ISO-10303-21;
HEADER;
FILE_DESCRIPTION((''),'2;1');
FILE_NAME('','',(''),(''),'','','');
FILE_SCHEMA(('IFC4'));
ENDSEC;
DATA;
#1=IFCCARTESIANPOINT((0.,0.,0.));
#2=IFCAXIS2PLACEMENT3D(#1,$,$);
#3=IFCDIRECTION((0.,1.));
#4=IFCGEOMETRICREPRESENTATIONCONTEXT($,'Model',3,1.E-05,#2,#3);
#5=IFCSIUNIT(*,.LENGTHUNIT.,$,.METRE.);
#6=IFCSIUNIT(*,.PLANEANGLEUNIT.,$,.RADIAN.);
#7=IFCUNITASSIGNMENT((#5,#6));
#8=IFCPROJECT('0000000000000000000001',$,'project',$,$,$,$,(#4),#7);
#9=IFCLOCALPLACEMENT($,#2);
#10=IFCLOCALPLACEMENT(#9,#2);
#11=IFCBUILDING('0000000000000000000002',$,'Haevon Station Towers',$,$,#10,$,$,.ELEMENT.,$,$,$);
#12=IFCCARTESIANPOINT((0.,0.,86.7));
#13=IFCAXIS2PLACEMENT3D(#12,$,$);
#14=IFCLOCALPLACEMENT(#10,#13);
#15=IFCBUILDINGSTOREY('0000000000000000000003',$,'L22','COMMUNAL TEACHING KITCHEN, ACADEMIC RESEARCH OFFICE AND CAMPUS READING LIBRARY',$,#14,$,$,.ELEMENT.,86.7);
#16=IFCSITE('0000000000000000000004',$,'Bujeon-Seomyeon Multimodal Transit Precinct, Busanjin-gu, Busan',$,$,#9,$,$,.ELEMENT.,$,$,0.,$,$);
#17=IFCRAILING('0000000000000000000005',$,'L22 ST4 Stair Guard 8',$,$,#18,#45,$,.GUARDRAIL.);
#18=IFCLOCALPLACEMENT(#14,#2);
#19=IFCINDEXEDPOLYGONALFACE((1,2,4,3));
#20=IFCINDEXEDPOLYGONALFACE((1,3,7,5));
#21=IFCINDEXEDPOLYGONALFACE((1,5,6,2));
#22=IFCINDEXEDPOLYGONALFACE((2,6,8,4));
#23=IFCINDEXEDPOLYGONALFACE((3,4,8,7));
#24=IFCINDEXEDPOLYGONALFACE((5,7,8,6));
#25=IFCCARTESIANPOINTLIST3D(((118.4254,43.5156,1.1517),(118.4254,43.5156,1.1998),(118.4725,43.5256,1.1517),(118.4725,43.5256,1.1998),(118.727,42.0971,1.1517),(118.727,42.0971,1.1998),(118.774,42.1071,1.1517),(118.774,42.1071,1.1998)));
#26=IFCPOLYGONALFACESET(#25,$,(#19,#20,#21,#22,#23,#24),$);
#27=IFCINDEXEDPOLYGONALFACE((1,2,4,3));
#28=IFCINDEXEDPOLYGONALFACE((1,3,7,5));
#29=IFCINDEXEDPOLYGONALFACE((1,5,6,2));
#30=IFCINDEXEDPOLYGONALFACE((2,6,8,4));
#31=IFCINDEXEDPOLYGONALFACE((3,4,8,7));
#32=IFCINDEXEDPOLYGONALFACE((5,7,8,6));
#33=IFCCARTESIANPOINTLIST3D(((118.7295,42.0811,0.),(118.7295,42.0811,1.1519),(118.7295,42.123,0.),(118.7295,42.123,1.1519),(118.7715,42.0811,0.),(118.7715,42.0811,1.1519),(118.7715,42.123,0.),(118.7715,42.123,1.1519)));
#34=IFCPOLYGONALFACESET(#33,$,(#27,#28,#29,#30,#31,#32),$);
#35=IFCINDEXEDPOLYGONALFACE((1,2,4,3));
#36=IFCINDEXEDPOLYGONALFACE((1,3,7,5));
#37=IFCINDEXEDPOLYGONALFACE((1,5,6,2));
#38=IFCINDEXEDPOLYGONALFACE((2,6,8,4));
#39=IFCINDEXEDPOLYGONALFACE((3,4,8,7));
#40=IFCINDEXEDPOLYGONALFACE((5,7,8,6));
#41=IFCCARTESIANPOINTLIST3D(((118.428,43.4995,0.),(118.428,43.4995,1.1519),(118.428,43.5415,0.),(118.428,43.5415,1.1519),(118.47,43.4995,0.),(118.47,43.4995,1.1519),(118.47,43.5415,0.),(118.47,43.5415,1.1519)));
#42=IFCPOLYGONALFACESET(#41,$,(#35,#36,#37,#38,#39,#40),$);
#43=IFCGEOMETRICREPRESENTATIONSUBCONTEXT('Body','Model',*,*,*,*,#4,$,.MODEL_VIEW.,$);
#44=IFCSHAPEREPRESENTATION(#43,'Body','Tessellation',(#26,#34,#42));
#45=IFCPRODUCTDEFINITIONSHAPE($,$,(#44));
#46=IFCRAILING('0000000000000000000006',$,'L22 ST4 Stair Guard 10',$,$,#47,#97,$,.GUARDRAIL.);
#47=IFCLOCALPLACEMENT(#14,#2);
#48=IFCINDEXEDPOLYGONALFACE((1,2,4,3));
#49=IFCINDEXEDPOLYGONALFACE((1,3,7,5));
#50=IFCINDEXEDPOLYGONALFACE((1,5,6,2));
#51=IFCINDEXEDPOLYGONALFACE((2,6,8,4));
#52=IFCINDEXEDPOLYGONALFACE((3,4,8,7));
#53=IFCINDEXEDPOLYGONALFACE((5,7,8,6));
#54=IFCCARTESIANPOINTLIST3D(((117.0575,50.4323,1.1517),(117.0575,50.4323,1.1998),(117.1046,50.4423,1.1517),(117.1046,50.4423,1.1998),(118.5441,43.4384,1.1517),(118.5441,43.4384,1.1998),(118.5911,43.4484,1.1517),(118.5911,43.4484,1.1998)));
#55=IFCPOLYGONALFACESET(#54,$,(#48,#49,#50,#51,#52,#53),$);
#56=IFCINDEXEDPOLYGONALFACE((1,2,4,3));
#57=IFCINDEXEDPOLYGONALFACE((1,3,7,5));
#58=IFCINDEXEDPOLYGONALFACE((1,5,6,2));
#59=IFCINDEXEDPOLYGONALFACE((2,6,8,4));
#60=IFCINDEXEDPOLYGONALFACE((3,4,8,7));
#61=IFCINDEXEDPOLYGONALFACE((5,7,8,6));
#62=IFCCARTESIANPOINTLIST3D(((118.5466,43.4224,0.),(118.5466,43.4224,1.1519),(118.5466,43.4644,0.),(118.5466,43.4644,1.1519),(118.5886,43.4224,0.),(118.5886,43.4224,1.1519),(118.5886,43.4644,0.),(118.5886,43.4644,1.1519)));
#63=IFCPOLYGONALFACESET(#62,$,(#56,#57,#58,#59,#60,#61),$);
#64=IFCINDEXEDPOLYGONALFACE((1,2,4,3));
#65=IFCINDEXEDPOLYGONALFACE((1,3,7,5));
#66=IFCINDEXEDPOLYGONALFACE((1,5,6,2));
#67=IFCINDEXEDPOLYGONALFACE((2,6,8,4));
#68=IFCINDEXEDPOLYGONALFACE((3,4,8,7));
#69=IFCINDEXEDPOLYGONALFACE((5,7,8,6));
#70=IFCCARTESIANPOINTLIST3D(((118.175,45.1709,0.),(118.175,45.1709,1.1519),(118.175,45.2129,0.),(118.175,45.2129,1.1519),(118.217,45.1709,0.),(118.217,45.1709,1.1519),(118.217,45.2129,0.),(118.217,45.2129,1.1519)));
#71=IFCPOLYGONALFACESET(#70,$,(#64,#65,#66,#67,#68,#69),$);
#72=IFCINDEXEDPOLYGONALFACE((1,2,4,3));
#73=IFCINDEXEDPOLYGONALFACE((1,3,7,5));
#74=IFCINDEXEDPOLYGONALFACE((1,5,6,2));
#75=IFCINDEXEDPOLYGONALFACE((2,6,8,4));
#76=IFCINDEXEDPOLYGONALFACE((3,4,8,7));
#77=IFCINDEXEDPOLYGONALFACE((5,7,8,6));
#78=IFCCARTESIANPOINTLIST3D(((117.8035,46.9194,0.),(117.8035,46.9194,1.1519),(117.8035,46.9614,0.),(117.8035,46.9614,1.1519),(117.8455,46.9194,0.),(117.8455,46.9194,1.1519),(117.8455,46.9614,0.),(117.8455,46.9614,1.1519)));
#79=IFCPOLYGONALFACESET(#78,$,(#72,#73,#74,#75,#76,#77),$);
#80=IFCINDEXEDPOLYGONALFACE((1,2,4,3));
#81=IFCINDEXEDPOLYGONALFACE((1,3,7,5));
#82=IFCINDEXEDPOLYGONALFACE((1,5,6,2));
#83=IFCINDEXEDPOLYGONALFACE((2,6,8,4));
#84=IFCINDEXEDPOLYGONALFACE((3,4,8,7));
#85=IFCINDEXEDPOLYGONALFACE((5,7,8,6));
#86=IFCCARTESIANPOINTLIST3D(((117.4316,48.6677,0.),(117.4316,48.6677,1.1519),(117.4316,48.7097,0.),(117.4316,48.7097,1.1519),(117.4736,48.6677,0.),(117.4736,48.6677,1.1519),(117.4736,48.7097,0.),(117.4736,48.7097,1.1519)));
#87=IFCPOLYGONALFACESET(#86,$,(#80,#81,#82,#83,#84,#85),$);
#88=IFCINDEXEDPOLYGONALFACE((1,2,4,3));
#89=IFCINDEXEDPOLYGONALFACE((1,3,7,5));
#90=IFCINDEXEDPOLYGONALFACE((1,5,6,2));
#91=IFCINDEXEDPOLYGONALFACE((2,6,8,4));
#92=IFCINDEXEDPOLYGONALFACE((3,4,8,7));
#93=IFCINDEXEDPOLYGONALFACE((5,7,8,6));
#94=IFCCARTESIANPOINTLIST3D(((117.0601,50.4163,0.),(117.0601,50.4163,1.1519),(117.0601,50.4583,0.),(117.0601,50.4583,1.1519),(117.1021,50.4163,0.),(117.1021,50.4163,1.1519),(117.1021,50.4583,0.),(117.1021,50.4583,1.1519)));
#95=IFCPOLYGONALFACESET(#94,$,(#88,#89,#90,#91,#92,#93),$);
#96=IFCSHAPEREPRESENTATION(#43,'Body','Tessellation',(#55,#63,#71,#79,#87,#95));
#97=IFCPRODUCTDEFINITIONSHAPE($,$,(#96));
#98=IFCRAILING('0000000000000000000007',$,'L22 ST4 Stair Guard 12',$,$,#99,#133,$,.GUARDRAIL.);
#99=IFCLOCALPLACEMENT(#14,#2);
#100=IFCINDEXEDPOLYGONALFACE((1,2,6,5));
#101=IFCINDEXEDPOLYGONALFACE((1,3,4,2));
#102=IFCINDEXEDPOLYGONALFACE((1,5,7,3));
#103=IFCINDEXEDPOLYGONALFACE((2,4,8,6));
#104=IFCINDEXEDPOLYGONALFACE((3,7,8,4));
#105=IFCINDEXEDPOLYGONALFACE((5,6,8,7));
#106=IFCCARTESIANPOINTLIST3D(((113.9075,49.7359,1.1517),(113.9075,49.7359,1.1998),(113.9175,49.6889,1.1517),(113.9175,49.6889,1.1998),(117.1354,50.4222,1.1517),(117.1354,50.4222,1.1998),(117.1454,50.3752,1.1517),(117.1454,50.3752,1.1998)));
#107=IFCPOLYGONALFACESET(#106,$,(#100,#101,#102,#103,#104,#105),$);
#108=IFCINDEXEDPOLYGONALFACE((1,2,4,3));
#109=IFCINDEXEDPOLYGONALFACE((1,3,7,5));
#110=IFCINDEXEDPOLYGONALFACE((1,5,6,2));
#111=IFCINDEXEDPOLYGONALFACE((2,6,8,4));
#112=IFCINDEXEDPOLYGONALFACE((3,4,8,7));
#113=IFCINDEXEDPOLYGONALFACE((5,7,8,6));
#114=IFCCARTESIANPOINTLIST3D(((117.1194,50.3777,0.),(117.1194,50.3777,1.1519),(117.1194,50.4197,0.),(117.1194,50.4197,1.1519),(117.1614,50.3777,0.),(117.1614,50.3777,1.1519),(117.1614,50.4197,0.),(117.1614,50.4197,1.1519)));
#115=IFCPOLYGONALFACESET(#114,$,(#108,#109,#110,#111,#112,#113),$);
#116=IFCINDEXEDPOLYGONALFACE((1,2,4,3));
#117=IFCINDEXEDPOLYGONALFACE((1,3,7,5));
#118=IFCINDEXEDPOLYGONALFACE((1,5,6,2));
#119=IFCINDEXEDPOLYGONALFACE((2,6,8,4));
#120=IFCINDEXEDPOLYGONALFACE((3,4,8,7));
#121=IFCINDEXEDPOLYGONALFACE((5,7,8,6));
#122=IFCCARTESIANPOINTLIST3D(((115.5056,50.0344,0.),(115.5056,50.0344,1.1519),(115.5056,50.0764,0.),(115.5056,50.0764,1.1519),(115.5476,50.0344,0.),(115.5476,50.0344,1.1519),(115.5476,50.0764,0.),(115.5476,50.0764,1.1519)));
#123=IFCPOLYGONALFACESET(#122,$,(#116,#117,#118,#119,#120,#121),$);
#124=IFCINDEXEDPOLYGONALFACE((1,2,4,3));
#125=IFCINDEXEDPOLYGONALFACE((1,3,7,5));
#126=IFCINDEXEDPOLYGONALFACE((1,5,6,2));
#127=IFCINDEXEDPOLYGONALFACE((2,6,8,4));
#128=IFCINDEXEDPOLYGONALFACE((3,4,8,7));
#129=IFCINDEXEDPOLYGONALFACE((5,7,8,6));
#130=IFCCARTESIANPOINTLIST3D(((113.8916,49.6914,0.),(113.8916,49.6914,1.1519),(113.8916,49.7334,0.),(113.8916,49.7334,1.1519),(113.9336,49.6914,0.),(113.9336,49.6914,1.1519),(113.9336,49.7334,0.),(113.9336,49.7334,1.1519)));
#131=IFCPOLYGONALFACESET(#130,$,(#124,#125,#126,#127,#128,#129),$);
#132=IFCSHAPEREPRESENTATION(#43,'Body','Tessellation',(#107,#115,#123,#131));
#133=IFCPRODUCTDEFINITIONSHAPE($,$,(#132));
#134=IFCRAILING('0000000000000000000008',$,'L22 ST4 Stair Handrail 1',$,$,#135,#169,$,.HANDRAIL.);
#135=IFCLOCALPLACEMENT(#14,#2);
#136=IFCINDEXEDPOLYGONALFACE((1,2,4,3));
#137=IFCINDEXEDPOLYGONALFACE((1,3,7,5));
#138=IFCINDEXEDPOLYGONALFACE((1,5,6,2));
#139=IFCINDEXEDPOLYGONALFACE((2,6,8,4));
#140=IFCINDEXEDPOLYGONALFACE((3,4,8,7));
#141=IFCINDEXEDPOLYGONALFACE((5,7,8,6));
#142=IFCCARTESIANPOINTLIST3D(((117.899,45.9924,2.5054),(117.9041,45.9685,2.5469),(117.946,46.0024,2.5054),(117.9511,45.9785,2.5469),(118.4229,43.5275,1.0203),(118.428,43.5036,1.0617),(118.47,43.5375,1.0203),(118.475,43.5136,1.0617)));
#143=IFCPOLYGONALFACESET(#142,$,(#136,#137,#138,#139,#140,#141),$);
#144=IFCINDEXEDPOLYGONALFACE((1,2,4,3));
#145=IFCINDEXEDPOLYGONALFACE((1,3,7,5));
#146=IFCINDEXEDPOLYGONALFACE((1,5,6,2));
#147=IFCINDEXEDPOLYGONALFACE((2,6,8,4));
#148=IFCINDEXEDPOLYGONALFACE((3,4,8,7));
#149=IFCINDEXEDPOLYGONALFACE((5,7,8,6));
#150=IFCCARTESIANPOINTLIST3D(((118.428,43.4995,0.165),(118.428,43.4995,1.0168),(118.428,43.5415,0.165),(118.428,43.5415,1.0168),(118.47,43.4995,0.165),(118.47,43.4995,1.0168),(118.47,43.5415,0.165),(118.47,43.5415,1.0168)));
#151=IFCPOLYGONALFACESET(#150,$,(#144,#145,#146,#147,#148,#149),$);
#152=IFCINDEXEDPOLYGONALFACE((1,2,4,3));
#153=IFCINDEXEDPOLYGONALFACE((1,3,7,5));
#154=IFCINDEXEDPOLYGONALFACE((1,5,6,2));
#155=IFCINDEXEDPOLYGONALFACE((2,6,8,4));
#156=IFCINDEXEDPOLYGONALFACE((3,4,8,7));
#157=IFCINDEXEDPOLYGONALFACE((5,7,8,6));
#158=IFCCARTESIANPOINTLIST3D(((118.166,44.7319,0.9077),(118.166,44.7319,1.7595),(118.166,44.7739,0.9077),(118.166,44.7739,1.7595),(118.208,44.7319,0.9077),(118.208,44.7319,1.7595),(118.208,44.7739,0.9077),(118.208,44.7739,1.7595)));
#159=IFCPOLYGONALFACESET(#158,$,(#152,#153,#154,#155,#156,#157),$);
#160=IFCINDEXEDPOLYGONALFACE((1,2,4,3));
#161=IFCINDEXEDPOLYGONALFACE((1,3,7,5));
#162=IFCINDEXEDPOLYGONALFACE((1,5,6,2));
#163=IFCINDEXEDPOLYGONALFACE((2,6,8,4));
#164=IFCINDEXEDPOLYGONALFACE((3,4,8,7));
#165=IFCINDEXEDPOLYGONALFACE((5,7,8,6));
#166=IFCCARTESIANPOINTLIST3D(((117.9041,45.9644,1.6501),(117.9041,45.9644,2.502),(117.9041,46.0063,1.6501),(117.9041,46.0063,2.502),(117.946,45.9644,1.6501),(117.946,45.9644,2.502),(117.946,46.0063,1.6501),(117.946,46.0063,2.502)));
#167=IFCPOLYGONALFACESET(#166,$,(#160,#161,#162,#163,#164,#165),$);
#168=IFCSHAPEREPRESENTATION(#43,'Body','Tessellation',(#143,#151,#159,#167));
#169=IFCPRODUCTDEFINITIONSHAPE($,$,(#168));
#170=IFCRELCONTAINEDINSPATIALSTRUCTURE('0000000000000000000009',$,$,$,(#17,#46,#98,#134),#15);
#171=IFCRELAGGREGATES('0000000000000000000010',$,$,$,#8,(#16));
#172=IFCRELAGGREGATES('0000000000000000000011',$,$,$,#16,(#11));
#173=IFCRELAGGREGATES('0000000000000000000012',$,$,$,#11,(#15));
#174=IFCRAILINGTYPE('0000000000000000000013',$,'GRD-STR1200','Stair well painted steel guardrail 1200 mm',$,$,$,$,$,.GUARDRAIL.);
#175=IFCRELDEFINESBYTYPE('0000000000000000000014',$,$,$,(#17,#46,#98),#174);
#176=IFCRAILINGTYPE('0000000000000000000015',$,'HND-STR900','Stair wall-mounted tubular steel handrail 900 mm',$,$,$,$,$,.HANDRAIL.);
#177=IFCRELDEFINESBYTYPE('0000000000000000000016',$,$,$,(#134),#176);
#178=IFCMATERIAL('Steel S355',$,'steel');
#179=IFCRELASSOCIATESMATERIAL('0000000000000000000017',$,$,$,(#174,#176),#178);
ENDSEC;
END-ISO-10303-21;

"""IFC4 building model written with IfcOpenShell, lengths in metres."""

from ifc_helpers import new_model, si_unit, direction, frame, origin, origin_2d, place, context, subcontext, project, spatial, rectangle, extrude, material, type_object, element, save


model = new_model("IFC4")

# Units and contexts
model_context = context("Model", 3, precision=1e-05, world=origin(), true_north=direction((0.0, 1.0)))
body_context = subcontext(model_context, "Body", "Model", "MODEL_VIEW")
ifc_project = project(units=[si_unit("LENGTHUNIT", "METRE"), si_unit("PLANEANGLEUNIT", "RADIAN")], contexts=[model_context])

# Site, building, storey
site_placement = place(None, origin())
site = spatial("IfcSite", under=ifc_project, at=site_placement, Name="Bujeon-Seomyeon Multimodal Transit Precinct, Busanjin-gu, Busan", CompositionType="ELEMENT", RefElevation=0.0)
building_placement = place(site_placement, origin())
building = spatial("IfcBuilding", under=site, at=building_placement, Name="Haevon Station Towers", CompositionType="ELEMENT")
storey_placement = place(building_placement, frame((0.0, 0.0, 86.7)))
storey = spatial("IfcBuildingStorey", under=building, at=storey_placement, Name="L22", Description="COMMUNAL TEACHING KITCHEN, ACADEMIC RESEARCH OFFICE AND CAMPUS READING LIBRARY", CompositionType="ELEMENT", Elevation=86.7)

# Shared definitions
ifc_material_1 = material(Name="Steel S355", Category="steel")

# Railings
railing_type_1 = type_object("IfcRailingType", Name="GRD-STR1200", Description="Stair well painted steel guardrail 1200 mm", PredefinedType="GUARDRAIL", material=ifc_material_1)
railing_1_placement = place(storey_placement, frame((118.7505, 42.1021, 0.0)))
element("IfcRailing", 1, at=railing_1_placement, inside=storey, type_object=railing_type_1, Name="L22 ST4 Stair Guard 8", PredefinedType="GUARDRAIL", context=body_context, shape_type="SweptSolid", body=[
    extrude(rectangle(XDim=0.0481, YDim=0.0481, at=origin_2d()), frame((0.0, 0.0, 1.1758), z_axis=(-0.207919, 0.978146, 0.0), x_axis=(-0.978146, -0.207919, 0.0)), (0.0, 0.0, 1.0), 1.4502),
    extrude(rectangle(XDim=0.042, YDim=0.042, at=origin_2d()), origin(), (0.0, 0.0, 1.0), 1.1519),
    extrude(rectangle(XDim=0.042, YDim=0.042, at=origin_2d()), frame((-0.3015, 1.4185, 0.0)), (0.0, 0.0, 1.0), 1.1519),
])
railing_2_placement = place(storey_placement, frame((118.5676, 43.4434, 0.0)))
element("IfcRailing", 2, at=railing_2_placement, inside=storey, type_object=railing_type_1, Name="L22 ST4 Stair Guard 10", PredefinedType="GUARDRAIL", context=body_context, shape_type="SweptSolid", body=[
    extrude(rectangle(XDim=0.0481, YDim=0.0481, at=origin_2d()), frame((0.0, 0.0, 1.1758), z_axis=(-0.207908, 0.978148, 0.0), x_axis=(-0.978148, -0.207908, 0.0)), (0.0, 0.0, 1.0), 7.1501),
    extrude(rectangle(XDim=0.042, YDim=0.042, at=origin_2d()), origin(), (0.0, 0.0, 1.0), 1.1519),
    extrude(rectangle(XDim=0.042, YDim=0.042, at=origin_2d()), frame((-0.3716, 1.7485, 0.0)), (0.0, 0.0, 1.0), 1.1519),
    extrude(rectangle(XDim=0.042, YDim=0.042, at=origin_2d()), frame((-0.7432, 3.4971, 0.0)), (0.0, 0.0, 1.0), 1.1519),
    extrude(rectangle(XDim=0.042, YDim=0.042, at=origin_2d()), frame((-1.115, 5.2454, 0.0)), (0.0, 0.0, 1.0), 1.1519),
    extrude(rectangle(XDim=0.042, YDim=0.042, at=origin_2d()), frame((-1.4866, 6.9939, 0.0)), (0.0, 0.0, 1.0), 1.1519),
])
railing_3_placement = place(storey_placement, frame((117.1404, 50.3987, 0.0)))
element("IfcRailing", 3, at=railing_3_placement, inside=storey, type_object=railing_type_1, Name="L22 ST4 Stair Guard 12", PredefinedType="GUARDRAIL", context=body_context, shape_type="SweptSolid", body=[
    extrude(rectangle(XDim=0.0481, YDim=0.0481, at=origin_2d()), frame((0.0, 0.0, 1.1758), z_axis=(-0.978136, -0.207968, 0.0), x_axis=(0.207968, -0.978136, 0.0)), (0.0, 0.0, 1.0), 3.3),
    extrude(rectangle(XDim=0.042, YDim=0.042, at=origin_2d()), origin(), (0.0, 0.0, 1.0), 1.1519),
    extrude(rectangle(XDim=0.042, YDim=0.042, at=origin_2d()), frame((-1.6138, -0.3433, 0.0)), (0.0, 0.0, 1.0), 1.1519),
    extrude(rectangle(XDim=0.042, YDim=0.042, at=origin_2d()), frame((-3.2278, -0.6863, 0.0)), (0.0, 0.0, 1.0), 1.1519),
])
railing_type_2 = type_object("IfcRailingType", Name="HND-STR900", Description="Stair wall-mounted tubular steel handrail 900 mm", PredefinedType="HANDRAIL", material=ifc_material_1)
railing_4_placement = place(storey_placement, frame((118.449, 43.5205, 0.165)))
element("IfcRailing", 4, at=railing_4_placement, inside=storey, type_object=railing_type_2, Name="L22 ST4 Stair Handrail 1", PredefinedType="HANDRAIL", context=body_context, shape_type="SweptSolid", body=[
    extrude(rectangle(XDim=0.0481, YDim=0.0481, at=origin_2d()), frame((0.0, 0.0, 0.876), z_axis=(-0.179121, 0.842688, 0.507733), x_axis=(-0.978147, -0.207914, 0.0)), (0.0, 0.0, 1.0), 2.925),
    extrude(rectangle(XDim=0.042, YDim=0.042, at=origin_2d()), origin(), (0.0, 0.0, 1.0), 0.8518),
    extrude(rectangle(XDim=0.042, YDim=0.042, at=origin_2d()), frame((-0.262, 1.2324, 0.7427)), (0.0, 0.0, 1.0), 0.8518),
    extrude(rectangle(XDim=0.042, YDim=0.042, at=origin_2d()), frame((-0.5239, 2.4648, 1.4851)), (0.0, 0.0, 1.0), 0.8518),
])

save(model, "model.ifc")
